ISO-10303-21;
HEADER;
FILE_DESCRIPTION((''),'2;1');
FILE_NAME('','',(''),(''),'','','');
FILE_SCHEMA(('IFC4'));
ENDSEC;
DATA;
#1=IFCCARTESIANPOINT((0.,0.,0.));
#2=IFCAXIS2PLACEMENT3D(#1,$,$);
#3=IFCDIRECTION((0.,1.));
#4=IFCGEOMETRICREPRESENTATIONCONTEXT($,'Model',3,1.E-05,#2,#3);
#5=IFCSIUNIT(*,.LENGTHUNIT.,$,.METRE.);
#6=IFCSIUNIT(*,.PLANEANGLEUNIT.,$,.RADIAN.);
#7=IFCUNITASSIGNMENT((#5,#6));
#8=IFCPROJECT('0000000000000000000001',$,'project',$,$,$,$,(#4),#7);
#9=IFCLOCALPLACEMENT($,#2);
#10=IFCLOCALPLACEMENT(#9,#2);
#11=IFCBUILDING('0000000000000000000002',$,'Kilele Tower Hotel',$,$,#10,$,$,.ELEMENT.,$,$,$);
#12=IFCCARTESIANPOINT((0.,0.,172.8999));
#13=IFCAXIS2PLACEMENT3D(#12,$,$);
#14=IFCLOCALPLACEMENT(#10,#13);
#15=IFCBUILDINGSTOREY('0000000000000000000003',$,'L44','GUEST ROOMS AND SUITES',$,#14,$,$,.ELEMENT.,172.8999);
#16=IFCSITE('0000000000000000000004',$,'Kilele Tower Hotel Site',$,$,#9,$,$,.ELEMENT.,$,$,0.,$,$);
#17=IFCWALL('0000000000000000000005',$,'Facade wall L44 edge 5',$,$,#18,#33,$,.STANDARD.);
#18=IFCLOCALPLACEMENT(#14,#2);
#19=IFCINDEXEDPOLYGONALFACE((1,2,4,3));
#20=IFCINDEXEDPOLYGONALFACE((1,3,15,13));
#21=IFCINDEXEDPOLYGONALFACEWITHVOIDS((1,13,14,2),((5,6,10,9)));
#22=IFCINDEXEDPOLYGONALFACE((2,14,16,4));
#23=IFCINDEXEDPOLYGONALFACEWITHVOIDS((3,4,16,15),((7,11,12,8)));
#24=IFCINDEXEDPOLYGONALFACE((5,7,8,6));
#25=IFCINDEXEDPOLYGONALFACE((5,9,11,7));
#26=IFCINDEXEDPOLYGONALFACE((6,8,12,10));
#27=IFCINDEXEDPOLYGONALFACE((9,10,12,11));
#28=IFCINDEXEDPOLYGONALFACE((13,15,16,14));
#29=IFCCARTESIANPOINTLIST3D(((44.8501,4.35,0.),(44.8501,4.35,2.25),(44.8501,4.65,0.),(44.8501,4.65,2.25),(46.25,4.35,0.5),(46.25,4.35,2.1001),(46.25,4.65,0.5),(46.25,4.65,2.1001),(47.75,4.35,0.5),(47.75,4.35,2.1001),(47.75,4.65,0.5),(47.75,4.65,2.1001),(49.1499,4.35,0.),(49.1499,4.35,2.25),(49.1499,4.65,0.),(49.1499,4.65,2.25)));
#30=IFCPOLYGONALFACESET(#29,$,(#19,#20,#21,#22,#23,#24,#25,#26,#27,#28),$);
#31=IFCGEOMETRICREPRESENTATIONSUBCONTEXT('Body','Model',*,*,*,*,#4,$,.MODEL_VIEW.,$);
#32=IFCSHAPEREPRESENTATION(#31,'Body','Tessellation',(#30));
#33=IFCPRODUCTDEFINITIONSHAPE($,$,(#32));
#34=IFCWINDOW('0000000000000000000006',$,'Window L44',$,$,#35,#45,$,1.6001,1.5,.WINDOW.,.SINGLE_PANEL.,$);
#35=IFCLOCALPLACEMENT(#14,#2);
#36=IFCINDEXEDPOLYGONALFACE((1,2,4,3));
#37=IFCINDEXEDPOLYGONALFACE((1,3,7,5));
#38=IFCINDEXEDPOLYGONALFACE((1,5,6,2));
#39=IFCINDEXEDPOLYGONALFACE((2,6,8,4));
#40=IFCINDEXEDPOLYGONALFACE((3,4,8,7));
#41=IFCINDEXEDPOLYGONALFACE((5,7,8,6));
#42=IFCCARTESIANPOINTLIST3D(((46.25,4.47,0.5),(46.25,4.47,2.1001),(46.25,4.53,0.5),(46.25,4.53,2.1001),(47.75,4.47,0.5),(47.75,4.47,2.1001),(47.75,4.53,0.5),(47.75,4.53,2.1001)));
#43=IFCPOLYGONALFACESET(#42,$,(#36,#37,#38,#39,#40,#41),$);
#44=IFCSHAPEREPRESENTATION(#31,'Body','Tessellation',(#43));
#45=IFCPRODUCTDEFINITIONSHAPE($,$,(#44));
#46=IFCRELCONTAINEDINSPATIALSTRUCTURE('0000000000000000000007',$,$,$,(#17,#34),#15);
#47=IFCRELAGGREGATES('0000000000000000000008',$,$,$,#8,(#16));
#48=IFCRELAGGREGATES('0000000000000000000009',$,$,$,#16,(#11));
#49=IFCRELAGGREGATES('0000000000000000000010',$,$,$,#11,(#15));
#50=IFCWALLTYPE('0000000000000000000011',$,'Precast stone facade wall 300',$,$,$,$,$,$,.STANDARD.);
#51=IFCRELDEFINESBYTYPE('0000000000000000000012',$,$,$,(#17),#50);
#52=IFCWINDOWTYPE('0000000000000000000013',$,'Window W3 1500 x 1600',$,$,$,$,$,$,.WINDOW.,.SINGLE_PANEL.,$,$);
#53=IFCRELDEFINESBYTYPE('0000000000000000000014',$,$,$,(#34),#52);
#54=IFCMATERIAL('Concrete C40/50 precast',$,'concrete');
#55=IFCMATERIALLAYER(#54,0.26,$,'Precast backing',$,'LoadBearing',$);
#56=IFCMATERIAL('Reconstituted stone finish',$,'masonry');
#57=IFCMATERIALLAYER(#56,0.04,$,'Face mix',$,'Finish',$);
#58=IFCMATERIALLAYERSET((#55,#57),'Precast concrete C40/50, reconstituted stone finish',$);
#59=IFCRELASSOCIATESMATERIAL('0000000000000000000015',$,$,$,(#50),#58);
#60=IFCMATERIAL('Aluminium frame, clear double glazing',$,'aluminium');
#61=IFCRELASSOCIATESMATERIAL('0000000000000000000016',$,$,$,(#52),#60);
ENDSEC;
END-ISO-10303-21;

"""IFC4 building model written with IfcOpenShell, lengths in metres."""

from ifc_helpers import new_model, si_unit, direction, frame, frame_2d, origin, place, context, subcontext, project, spatial, rectangle, extrude, material, layer, layer_set, type_object, element, fill, save


model = new_model("IFC4")

# Units and contexts
model_context = context("Model", 3, precision=1e-05, world=origin(), true_north=direction((0.0, 1.0)))
body_context = subcontext(model_context, "Body", "Model", "MODEL_VIEW")
ifc_project = project(units=[si_unit("LENGTHUNIT", "METRE"), si_unit("PLANEANGLEUNIT", "RADIAN")], contexts=[model_context])

# Site, building, storey
site_placement = place(None, origin())
site = spatial("IfcSite", under=ifc_project, at=site_placement, Name="Kilele Tower Hotel Site", CompositionType="ELEMENT", RefElevation=0.0)
building_placement = place(site_placement, origin())
building = spatial("IfcBuilding", under=site, at=building_placement, Name="Kilele Tower Hotel", CompositionType="ELEMENT")
storey_placement = place(building_placement, frame((0.0, 0.0, 172.8999)))
storey = spatial("IfcBuildingStorey", under=building, at=storey_placement, Name="L44", Description="GUEST ROOMS AND SUITES", CompositionType="ELEMENT", Elevation=172.8999)

# Wall, opening, window
ifc_material_1 = material(Name="Concrete C40/50 precast", Category="concrete")
ifc_layer_1 = layer(ifc_material_1, 0.26, Name="Precast backing", Category="LoadBearing")
ifc_material_2 = material(Name="Reconstituted stone finish", Category="masonry")
ifc_layer_2 = layer(ifc_material_2, 0.04, Name="Face mix", Category="Finish")
ifc_layer_set_1 = layer_set([ifc_layer_1, ifc_layer_2], Name="Precast concrete C40/50, reconstituted stone finish")
wall_type_1 = type_object("IfcWallType", Name="Precast stone facade wall 300", PredefinedType="STANDARD", material=ifc_layer_set_1)
wall_1_placement = place(storey_placement, frame((44.8501, 4.5, 0.0), z_axis=(0.0, 0.0, 1.0), x_axis=(1.0, 0.0, 0.0)))
wall_1 = element("IfcWall", 1, at=wall_1_placement, inside=storey, type_object=wall_type_1, Name="Facade wall L44 edge 5", PredefinedType="STANDARD", context=body_context, shape_type="SweptSolid", body=[
    extrude(rectangle(XDim=4.2998, YDim=0.3, at=frame_2d((2.1499, 0.0))), origin(), (0.0, 0.0, 1.0), 2.25),
])
opening_1_placement = place(wall_1_placement, frame((1.3999, 0.0, 0.5)))
opening_1 = element("IfcOpeningElement", 2, at=opening_1_placement, cuts=wall_1, PredefinedType="OPENING", context=body_context, shape_type="SweptSolid", body=[
    extrude(rectangle(XDim=1.5, YDim=1.6001, at=frame_2d((0.75, 0.8))), frame((0.0, 0.1599, 0.0), z_axis=(0.0, -1.0, 0.0), x_axis=(1.0, 0.0, 0.0)), (0.0, 0.0, 1.0), 0.3201),
])
ifc_material_3 = material(Name="Aluminium frame, clear double glazing", Category="aluminium")
window_type_1 = type_object("IfcWindowType", Name="Window W3 1500 x 1600", PartitioningType="SINGLE_PANEL", PredefinedType="WINDOW", material=ifc_material_3)
window_1_placement = place(opening_1_placement, origin())
window_1 = element("IfcWindow", 3, at=window_1_placement, inside=storey, type_object=window_type_1, Name="Window L44", OverallHeight=1.6001, OverallWidth=1.5, PartitioningType="SINGLE_PANEL", PredefinedType="WINDOW", context=body_context, shape_type="SweptSolid", body=[
    extrude(rectangle(XDim=1.5, YDim=1.6001, at=frame_2d((0.75, 0.8))), frame((0.0, 0.03, 0.0), z_axis=(0.0, -1.0, 0.0), x_axis=(1.0, 0.0, 0.0)), (0.0, 0.0, 1.0), 0.0601),
])
fill(opening_1, window_1)

save(model, "model.ifc")
